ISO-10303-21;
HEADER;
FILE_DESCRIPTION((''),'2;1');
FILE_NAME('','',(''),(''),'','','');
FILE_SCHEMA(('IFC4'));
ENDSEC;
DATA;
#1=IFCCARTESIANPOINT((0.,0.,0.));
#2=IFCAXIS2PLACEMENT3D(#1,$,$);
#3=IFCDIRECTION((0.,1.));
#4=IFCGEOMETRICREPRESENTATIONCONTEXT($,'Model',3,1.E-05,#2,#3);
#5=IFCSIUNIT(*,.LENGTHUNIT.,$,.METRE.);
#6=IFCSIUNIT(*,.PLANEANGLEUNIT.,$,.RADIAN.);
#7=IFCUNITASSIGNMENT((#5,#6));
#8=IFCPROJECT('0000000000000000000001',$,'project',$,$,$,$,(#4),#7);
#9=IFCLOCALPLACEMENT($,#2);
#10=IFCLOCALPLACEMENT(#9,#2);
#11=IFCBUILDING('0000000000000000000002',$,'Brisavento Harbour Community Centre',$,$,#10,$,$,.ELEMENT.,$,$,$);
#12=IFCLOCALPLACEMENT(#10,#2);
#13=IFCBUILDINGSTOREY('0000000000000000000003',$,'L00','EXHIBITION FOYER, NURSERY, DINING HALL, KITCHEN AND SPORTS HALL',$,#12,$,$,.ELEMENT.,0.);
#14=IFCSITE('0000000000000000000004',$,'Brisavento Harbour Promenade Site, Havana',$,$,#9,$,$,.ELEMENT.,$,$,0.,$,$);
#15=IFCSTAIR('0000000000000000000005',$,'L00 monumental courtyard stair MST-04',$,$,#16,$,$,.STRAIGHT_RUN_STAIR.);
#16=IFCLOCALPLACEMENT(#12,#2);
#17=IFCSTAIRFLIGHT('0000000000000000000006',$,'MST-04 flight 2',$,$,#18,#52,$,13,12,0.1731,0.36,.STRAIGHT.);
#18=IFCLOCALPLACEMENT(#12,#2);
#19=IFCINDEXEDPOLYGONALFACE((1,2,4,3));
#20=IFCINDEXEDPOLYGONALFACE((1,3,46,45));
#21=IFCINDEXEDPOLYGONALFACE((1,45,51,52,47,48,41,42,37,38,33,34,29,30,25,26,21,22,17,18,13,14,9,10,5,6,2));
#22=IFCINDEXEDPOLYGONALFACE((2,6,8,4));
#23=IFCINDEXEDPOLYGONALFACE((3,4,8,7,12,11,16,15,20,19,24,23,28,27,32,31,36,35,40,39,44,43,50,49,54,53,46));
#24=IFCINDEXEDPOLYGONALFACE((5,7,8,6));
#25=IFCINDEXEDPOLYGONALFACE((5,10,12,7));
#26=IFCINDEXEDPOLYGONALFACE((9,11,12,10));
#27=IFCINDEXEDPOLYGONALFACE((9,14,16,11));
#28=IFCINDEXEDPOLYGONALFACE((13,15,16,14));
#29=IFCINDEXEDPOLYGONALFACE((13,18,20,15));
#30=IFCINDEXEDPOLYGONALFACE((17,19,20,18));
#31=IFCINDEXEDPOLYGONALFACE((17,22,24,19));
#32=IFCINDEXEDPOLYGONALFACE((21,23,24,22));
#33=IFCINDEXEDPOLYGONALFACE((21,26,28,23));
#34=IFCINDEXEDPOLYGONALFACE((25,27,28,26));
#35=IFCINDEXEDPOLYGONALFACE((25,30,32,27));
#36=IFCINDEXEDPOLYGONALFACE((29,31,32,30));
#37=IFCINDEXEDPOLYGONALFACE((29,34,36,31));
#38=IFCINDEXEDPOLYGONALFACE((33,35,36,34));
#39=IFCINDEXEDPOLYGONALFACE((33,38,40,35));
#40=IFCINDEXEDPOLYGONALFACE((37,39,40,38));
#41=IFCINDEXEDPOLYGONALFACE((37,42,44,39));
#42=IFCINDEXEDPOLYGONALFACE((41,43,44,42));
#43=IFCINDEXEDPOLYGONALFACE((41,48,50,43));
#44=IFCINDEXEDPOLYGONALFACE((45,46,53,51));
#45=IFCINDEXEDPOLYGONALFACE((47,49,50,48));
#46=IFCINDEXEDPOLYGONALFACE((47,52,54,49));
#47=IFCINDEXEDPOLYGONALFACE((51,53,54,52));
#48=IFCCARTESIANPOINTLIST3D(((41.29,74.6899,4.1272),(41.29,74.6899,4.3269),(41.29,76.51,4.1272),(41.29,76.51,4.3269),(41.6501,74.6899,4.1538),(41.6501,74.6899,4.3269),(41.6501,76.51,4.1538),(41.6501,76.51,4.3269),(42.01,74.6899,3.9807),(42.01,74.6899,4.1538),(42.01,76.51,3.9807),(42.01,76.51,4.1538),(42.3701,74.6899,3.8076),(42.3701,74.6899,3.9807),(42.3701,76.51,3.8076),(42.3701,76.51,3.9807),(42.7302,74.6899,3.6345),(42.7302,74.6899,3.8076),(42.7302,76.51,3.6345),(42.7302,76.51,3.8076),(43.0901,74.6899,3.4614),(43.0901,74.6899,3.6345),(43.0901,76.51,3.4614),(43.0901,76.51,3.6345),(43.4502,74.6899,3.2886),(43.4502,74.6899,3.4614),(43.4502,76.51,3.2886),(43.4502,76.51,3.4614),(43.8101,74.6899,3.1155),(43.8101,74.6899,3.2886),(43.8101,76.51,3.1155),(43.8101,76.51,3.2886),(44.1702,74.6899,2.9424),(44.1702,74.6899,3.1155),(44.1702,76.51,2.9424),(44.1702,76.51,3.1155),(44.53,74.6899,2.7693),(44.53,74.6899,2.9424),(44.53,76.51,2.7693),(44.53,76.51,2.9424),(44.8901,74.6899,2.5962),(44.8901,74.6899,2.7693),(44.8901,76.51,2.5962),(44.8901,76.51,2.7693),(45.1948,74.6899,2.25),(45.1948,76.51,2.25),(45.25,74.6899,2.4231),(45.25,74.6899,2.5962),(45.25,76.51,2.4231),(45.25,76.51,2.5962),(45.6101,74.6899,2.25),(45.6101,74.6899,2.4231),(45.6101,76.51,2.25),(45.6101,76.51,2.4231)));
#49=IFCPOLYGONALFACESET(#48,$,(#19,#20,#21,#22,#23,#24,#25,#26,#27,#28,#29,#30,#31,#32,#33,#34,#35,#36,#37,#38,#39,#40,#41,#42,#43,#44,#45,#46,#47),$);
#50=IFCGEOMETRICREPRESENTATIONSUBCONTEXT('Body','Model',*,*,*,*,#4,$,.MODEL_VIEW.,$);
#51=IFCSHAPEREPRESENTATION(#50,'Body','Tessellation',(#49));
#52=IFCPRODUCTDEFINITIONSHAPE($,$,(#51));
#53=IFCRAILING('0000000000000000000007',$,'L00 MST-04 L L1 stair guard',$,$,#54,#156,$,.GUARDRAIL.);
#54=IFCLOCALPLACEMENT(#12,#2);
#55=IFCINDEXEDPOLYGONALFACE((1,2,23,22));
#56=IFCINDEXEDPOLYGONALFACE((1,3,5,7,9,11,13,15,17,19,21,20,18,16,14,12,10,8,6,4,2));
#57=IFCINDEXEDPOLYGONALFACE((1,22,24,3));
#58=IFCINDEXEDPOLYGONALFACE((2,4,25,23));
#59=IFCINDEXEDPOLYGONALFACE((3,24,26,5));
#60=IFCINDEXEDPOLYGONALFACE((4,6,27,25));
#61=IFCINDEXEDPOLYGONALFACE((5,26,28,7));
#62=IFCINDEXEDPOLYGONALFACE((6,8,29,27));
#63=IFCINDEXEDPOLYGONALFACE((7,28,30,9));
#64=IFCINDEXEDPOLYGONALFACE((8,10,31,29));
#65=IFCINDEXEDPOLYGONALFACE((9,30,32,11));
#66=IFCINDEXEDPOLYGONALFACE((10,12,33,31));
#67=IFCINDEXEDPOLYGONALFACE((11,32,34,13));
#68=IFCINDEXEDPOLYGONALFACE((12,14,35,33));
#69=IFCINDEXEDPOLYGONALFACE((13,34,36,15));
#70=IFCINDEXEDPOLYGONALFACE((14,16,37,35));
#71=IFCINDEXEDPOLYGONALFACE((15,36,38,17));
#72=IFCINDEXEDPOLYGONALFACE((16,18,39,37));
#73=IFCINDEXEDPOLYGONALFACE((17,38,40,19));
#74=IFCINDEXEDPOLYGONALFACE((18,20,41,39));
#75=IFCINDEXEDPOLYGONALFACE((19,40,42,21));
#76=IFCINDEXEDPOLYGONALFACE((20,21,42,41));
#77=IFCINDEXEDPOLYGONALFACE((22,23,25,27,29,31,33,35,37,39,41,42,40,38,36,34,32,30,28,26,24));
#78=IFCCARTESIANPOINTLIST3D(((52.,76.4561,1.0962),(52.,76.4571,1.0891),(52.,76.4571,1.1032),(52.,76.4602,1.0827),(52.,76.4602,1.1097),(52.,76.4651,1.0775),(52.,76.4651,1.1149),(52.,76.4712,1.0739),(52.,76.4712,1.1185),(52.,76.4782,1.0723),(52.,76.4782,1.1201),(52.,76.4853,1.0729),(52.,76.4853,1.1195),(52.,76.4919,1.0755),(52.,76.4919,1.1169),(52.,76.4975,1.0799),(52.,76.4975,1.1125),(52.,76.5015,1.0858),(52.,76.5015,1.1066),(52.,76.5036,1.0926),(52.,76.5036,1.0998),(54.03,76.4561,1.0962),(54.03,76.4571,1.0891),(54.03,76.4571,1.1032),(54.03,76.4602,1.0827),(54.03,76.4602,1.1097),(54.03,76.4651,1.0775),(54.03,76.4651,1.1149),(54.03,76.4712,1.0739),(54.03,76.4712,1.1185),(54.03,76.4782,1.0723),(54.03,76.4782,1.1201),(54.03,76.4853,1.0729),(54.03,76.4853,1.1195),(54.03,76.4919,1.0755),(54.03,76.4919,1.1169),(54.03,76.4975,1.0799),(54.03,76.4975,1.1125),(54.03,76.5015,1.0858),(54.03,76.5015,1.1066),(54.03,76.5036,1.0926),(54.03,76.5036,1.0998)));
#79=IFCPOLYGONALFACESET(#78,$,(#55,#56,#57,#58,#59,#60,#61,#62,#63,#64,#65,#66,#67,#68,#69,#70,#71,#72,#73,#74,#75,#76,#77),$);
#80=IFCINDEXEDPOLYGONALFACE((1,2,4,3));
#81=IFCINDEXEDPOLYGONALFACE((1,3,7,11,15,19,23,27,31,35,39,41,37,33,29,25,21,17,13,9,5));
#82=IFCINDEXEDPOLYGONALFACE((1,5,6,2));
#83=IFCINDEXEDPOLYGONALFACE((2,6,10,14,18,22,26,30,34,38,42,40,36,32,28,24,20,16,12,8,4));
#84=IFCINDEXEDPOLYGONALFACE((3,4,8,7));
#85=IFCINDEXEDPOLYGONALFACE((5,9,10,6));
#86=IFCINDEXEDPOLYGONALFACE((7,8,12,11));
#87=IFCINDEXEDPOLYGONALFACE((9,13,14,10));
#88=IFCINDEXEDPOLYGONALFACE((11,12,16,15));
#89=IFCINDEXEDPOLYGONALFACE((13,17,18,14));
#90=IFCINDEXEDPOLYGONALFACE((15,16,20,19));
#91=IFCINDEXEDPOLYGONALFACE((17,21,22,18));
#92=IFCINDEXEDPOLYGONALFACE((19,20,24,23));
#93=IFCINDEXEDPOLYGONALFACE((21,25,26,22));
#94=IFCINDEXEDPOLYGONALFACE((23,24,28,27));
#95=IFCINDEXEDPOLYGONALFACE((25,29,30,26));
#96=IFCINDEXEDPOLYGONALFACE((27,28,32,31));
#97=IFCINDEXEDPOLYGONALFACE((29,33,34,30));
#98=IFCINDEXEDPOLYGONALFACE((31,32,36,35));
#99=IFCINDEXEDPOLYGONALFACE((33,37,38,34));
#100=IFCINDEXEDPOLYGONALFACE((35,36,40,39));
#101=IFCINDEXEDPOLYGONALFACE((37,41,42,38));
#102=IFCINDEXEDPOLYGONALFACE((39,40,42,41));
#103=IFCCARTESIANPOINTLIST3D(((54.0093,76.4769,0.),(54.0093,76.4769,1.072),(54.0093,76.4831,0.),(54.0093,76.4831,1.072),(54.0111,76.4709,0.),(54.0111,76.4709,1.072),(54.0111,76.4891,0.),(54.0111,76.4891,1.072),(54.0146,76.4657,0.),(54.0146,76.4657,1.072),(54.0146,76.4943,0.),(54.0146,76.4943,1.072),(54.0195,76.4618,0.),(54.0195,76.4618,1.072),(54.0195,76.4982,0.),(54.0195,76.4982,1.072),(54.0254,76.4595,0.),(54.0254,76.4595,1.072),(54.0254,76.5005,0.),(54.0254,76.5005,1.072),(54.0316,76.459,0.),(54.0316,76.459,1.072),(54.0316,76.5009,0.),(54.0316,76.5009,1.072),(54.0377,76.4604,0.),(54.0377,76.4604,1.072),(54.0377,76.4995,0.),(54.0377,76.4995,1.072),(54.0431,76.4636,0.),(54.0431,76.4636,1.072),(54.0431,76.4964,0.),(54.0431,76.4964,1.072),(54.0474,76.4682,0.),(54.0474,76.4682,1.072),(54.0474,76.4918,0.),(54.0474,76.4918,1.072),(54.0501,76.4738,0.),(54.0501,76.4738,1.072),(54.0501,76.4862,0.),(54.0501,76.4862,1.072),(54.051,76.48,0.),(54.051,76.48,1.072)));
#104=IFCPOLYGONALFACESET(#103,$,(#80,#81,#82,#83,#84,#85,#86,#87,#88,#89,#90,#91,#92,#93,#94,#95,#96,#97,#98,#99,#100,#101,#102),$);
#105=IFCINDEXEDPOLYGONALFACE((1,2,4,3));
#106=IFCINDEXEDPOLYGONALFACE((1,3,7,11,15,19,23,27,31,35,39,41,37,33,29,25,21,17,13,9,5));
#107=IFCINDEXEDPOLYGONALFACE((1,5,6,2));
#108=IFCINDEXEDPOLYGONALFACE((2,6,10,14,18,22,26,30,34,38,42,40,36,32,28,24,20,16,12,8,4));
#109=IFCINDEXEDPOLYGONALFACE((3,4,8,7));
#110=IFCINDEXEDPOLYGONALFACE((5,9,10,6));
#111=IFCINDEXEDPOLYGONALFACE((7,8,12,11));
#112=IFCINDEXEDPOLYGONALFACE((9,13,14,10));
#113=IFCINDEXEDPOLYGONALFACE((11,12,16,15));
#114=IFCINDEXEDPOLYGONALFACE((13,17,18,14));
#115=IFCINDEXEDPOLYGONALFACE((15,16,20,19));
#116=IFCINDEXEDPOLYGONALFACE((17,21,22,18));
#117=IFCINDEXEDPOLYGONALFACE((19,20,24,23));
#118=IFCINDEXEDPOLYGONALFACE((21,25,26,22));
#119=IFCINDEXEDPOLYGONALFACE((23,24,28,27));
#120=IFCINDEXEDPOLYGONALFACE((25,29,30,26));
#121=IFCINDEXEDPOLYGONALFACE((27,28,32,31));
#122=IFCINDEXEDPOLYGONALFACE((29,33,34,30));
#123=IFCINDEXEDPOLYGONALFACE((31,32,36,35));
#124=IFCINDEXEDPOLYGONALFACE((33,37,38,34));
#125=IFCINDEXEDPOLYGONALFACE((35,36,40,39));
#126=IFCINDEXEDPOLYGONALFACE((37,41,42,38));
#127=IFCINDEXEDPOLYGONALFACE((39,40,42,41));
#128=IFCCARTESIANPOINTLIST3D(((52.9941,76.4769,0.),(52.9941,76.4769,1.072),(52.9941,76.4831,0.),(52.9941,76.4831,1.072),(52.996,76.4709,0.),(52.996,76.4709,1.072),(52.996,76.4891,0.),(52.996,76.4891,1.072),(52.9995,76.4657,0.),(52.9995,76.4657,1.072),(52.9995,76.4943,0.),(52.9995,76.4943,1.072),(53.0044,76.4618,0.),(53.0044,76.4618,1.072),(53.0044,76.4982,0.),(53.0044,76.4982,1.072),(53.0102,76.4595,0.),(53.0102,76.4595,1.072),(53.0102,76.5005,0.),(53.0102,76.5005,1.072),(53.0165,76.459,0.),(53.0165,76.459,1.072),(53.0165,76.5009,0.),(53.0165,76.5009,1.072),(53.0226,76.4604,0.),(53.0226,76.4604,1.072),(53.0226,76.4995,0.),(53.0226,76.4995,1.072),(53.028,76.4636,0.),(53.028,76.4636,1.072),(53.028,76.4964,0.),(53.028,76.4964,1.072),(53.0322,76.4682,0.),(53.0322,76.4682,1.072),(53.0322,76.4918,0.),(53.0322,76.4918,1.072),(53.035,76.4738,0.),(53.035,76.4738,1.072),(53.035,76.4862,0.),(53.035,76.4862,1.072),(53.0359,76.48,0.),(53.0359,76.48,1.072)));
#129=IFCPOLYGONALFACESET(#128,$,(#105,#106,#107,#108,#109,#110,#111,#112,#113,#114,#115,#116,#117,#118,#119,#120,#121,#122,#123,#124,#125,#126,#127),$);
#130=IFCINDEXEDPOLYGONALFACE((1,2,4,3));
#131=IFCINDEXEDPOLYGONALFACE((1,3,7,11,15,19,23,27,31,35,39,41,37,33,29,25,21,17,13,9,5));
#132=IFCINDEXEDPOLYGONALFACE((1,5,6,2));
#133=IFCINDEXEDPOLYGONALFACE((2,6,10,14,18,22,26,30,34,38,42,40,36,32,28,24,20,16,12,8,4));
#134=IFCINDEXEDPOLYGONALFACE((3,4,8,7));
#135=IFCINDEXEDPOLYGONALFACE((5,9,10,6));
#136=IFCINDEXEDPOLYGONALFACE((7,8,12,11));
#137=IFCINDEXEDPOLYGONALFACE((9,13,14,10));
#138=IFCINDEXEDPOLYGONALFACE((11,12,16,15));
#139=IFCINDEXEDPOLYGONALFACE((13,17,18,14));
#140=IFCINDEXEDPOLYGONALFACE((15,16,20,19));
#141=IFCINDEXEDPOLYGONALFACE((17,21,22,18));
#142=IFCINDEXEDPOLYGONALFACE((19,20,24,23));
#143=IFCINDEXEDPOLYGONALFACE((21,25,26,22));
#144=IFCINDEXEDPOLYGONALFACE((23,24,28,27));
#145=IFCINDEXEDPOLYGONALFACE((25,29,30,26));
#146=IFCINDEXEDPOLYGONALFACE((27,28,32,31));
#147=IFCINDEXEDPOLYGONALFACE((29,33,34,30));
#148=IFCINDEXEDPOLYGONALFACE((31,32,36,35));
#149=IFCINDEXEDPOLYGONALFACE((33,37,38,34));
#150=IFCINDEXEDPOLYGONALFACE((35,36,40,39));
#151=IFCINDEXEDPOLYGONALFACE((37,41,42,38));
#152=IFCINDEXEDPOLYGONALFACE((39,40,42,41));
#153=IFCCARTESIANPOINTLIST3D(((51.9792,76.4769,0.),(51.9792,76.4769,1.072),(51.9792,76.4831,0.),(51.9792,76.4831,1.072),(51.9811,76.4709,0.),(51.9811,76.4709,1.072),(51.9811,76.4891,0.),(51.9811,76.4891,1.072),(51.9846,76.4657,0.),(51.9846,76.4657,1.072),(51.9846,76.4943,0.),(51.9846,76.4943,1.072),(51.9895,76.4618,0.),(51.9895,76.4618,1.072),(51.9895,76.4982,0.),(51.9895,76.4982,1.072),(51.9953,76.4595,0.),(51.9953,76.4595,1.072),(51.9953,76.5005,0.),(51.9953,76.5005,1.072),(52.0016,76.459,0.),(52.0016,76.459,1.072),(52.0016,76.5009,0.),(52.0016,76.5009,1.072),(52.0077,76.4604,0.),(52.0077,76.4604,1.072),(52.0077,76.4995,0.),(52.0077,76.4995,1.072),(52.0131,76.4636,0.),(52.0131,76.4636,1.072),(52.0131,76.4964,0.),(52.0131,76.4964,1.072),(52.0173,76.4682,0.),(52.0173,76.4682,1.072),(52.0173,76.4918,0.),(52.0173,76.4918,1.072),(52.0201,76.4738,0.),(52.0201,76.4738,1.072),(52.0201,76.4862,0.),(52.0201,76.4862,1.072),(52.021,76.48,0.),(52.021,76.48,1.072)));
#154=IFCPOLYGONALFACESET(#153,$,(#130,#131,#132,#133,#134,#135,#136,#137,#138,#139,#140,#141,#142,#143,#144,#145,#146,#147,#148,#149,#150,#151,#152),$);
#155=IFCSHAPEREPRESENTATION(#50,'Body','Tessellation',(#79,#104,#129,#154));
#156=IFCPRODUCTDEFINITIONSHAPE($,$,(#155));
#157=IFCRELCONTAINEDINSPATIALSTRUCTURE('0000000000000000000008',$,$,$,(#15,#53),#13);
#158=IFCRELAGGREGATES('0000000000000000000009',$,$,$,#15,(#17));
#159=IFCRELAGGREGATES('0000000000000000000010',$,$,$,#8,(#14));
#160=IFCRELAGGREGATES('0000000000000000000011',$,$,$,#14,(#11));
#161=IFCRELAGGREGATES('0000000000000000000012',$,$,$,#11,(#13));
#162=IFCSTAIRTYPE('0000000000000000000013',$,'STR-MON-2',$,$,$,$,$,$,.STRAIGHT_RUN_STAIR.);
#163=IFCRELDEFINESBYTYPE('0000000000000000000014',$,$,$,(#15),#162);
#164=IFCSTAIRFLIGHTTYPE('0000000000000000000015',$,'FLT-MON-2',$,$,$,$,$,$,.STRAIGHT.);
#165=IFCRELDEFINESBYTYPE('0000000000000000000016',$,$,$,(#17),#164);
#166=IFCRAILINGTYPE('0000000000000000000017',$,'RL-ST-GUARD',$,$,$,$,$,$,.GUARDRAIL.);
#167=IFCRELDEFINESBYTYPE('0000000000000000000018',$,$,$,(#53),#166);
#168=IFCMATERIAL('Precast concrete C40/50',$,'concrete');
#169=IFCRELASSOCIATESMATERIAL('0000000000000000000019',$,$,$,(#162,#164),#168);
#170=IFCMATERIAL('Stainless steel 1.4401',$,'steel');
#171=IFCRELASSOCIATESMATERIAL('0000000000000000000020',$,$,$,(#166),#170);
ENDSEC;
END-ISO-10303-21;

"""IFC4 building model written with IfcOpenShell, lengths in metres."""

from ifc_helpers import new_model, si_unit, direction, frame, origin, origin_2d, place, context, subcontext, project, spatial, polyline, circle, outline, extrude, material, type_object, element, aggregate, save


model = new_model("IFC4")

# Units and contexts
model_context = context("Model", 3, precision=1e-05, world=origin(), true_north=direction((0.0, 1.0)))
body_context = subcontext(model_context, "Body", "Model", "MODEL_VIEW")
ifc_project = project(units=[si_unit("LENGTHUNIT", "METRE"), si_unit("PLANEANGLEUNIT", "RADIAN")], contexts=[model_context])

# Site, building, storey
site_placement = place(None, origin())
site = spatial("IfcSite", under=ifc_project, at=site_placement, Name="Brisavento Harbour Promenade Site, Havana", CompositionType="ELEMENT", RefElevation=0.0)
building_placement = place(site_placement, origin())
building = spatial("IfcBuilding", under=site, at=building_placement, Name="Brisavento Harbour Community Centre", CompositionType="ELEMENT")
storey_placement = place(building_placement, origin())
storey = spatial("IfcBuildingStorey", under=building, at=storey_placement, Name="L00", Description="EXHIBITION FOYER, NURSERY, DINING HALL, KITCHEN AND SPORTS HALL", CompositionType="ELEMENT", Elevation=0.0)

# Stair, stair flight
ifc_material_1 = material(Name="Precast concrete C40/50", Category="concrete")
stair_type = type_object("IfcStairType", Name="STR-MON-2", PredefinedType="STRAIGHT_RUN_STAIR", material=ifc_material_1)
stair_placement = place(storey_placement, origin())
stair = element("IfcStair", 1, at=stair_placement, inside=storey, type_object=stair_type, Name="L00 monumental courtyard stair MST-04", PredefinedType="STRAIGHT_RUN_STAIR")
stair_flight_type = type_object("IfcStairFlightType", Name="FLT-MON-2", PredefinedType="STRAIGHT", material=ifc_material_1)
stair_flight_1_placement = place(storey_placement, frame((45.6101, 75.6001, 2.25), z_axis=(0.0, 0.0, 1.0), x_axis=(-1.0, 0.0, 0.0)))
stair_flight_1 = element("IfcStairFlight", 2, at=stair_flight_1_placement, type_object=stair_flight_type, Name="MST-04 flight 2", NumberOfRisers=13, NumberOfTreads=12, PredefinedType="STRAIGHT", RiserHeight=0.1731, TreadLength=0.36, context=body_context, shape_type="SweptSolid", body=[
    extrude(outline(polyline([(0.0, 0.0), (0.0, 0.1731), (0.3601, 0.1731), (0.3601, 0.3462), (0.72, 0.3462), (0.72, 0.5193), (1.0801, 0.5193), (1.0801, 0.6924), (1.4399, 0.6924), (1.4399, 0.8655), (1.8, 0.8655), (1.8, 1.0386), (2.1599, 1.0386), (2.1599, 1.2114), (2.52, 1.2114), (2.52, 1.3845), (2.8799, 1.3845), (2.8799, 1.5576), (3.24, 1.5576), (3.24, 1.7307), (3.6001, 1.7307), (3.6001, 1.9038), (3.96, 1.9038), (3.96, 2.0769), (4.3201, 2.0769), (4.3201, 2.25), (4.3201, 1.8772), (0.4153, 0.0), (0.0, 0.0)])), frame((0.0, 0.9102, 0.0), z_axis=(0.0, -1.0, 0.0), x_axis=(1.0, 0.0, 0.0)), (0.0, 0.0, 1.0), 1.8201),
])
aggregate(stair, [stair_flight_1])

# Railing
ifc_material_2 = material(Name="Stainless steel 1.4401", Category="steel")
railing_type = type_object("IfcRailingType", Name="RL-ST-GUARD", PredefinedType="GUARDRAIL", material=ifc_material_2)
railing_1_placement = place(storey_placement, frame((54.03, 76.48, 0.0)))
element("IfcRailing", 3, at=railing_1_placement, inside=storey, type_object=railing_type, Name="L00 MST-04 L L1 stair guard", PredefinedType="GUARDRAIL", context=body_context, shape_type="SweptSolid", body=[
    extrude(circle(Radius=0.0239, at=origin_2d()), frame((0.0, 0.0, 1.0962), z_axis=(-1.0, 0.0, 0.0), x_axis=(0.0, -1.0, 0.0)), (0.0, 0.0, 1.0), 2.03),
    extrude(circle(Radius=0.021, at=origin_2d()), origin(), (0.0, 0.0, 1.0), 1.072),
    extrude(circle(Radius=0.021, at=origin_2d()), frame((-1.0151, 0.0, 0.0)), (0.0, 0.0, 1.0), 1.072),
    extrude(circle(Radius=0.021, at=origin_2d()), frame((-2.03, 0.0, 0.0)), (0.0, 0.0, 1.0), 1.072),
])

save(model, "model.ifc")
